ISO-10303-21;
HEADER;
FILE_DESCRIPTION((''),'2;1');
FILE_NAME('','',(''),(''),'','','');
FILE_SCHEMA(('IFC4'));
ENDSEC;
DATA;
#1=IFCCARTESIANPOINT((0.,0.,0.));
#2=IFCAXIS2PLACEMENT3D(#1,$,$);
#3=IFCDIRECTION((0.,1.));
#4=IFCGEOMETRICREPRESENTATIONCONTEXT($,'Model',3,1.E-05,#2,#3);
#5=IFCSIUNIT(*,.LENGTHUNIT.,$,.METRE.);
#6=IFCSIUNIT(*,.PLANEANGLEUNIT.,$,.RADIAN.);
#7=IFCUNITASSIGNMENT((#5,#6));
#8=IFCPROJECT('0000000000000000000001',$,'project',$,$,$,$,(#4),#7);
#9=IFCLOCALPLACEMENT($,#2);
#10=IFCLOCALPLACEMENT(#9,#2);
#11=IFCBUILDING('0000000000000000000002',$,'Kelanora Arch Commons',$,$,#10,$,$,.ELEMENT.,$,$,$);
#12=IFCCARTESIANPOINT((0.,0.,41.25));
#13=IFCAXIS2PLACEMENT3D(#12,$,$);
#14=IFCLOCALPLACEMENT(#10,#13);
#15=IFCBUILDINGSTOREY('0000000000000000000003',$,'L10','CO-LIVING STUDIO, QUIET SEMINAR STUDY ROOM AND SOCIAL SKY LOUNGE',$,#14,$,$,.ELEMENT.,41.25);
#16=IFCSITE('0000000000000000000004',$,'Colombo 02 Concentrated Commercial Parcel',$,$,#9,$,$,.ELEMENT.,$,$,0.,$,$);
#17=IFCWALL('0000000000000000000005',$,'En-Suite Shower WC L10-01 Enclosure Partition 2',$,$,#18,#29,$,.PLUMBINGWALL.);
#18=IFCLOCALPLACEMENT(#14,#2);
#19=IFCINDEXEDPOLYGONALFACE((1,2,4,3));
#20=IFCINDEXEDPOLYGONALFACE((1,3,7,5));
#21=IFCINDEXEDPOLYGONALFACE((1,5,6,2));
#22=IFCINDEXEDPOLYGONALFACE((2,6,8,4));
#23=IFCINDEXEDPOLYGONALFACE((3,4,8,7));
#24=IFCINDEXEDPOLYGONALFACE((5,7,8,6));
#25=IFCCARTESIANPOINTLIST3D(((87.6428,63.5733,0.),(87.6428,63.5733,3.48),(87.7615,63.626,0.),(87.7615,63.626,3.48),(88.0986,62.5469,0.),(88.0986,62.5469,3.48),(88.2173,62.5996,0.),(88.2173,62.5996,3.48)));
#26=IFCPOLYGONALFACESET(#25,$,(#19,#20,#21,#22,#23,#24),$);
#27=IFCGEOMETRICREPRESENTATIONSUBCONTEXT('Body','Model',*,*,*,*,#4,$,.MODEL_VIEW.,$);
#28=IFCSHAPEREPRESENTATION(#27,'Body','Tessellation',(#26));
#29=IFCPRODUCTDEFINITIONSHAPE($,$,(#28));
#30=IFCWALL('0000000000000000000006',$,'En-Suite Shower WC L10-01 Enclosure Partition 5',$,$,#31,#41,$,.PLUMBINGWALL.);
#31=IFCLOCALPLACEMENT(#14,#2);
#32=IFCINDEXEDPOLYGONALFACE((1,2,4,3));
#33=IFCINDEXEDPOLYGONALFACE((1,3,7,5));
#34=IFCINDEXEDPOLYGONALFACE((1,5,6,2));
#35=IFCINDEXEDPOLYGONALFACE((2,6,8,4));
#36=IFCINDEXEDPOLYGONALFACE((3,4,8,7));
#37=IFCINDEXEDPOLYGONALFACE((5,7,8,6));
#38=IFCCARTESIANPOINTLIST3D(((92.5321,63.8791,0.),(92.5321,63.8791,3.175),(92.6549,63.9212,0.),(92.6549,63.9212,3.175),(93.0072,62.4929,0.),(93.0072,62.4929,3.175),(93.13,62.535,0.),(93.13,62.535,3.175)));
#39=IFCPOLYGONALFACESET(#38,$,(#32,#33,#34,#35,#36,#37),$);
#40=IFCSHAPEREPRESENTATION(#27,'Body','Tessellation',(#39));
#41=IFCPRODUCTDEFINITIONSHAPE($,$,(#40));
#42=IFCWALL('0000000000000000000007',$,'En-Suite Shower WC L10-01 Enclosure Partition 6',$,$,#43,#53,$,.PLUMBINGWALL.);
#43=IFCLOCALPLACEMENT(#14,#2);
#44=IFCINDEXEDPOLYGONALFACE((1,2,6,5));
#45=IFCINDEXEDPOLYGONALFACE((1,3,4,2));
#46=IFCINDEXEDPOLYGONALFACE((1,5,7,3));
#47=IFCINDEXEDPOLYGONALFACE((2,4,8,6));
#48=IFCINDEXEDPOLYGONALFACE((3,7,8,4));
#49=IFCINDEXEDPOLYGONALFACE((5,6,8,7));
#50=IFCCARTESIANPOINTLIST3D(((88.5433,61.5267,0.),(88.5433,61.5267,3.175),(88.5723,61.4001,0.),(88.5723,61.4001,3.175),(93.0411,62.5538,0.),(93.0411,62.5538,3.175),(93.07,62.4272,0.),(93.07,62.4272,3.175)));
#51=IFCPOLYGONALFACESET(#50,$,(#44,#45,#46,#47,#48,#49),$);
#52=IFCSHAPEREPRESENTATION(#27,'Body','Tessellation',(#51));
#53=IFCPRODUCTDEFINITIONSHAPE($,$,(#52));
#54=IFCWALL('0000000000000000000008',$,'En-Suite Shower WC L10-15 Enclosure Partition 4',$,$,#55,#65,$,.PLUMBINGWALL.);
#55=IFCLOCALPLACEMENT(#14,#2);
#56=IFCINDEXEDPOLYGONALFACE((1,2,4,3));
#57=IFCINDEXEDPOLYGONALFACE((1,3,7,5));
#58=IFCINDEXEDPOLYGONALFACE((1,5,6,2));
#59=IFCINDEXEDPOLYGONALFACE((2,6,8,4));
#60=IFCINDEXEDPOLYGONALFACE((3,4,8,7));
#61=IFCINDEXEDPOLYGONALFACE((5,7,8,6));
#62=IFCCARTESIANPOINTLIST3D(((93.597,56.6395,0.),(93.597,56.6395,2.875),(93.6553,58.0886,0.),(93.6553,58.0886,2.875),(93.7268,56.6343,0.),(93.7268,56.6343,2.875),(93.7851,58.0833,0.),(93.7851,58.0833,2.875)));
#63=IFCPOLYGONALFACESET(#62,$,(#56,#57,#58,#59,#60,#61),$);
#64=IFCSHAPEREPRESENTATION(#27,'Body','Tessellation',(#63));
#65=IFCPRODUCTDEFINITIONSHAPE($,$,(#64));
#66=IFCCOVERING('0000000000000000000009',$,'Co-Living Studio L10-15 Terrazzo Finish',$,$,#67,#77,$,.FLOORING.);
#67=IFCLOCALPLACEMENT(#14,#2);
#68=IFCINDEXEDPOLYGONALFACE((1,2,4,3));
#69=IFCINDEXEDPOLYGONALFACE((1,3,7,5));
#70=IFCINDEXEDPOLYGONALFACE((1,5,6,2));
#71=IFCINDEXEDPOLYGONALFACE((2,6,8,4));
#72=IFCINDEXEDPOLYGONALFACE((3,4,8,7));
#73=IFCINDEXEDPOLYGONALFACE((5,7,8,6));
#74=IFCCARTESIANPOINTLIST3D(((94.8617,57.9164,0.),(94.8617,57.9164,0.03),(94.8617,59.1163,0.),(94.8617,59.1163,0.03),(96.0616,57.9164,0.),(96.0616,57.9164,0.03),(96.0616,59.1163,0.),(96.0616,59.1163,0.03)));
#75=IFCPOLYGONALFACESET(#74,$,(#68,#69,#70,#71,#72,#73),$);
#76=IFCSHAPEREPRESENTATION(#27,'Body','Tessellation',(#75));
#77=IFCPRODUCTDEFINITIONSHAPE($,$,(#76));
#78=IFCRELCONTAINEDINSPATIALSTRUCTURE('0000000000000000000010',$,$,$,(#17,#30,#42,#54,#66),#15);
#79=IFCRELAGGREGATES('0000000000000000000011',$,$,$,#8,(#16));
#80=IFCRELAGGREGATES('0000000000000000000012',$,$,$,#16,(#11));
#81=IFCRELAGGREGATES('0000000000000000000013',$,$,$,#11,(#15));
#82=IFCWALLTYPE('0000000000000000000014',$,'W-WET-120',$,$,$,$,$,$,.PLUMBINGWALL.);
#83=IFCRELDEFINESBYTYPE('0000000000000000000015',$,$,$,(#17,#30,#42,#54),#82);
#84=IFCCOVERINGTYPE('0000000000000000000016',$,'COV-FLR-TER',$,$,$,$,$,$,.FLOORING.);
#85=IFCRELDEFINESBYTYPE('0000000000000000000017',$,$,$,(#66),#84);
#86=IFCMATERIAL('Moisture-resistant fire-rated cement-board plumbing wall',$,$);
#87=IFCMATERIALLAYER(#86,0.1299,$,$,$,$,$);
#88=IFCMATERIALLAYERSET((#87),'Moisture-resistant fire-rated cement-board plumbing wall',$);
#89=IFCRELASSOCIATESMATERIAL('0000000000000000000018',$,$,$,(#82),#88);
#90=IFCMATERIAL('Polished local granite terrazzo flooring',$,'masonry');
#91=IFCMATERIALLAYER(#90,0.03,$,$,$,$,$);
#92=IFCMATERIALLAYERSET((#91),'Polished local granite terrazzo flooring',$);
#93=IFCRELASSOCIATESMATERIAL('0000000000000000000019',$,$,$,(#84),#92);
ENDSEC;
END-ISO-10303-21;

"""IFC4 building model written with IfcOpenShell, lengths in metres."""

from ifc_helpers import new_model, si_unit, direction, frame, frame_2d, origin, origin_2d, place, context, subcontext, project, spatial, rectangle, extrude, source, transform, mapped, material, layer, layer_set, type_object, element, save


model = new_model("IFC4")

# Units and contexts
model_context = context("Model", 3, precision=1e-05, world=origin(), true_north=direction((0.0, 1.0)))
body_context = subcontext(model_context, "Body", "Model", "MODEL_VIEW")
ifc_project = project(units=[si_unit("LENGTHUNIT", "METRE"), si_unit("PLANEANGLEUNIT", "RADIAN")], contexts=[model_context])

# Site, building, storey
site_placement = place(None, origin())
site = spatial("IfcSite", under=ifc_project, at=site_placement, Name="Colombo 02 Concentrated Commercial Parcel", CompositionType="ELEMENT", RefElevation=0.0)
building_placement = place(site_placement, origin())
building = spatial("IfcBuilding", under=site, at=building_placement, Name="Kelanora Arch Commons", CompositionType="ELEMENT")
storey_placement = place(building_placement, frame((0.0, 0.0, 41.25)))
storey = spatial("IfcBuildingStorey", under=building, at=storey_placement, Name="L10", Description="CO-LIVING STUDIO, QUIET SEMINAR STUDY ROOM AND SOCIAL SKY LOUNGE", CompositionType="ELEMENT", Elevation=41.25)

# Shared definitions
ifc_material_1 = material(Name="Moisture-resistant fire-rated cement-board plumbing wall")
ifc_layer_1 = layer(ifc_material_1, 0.1299)
ifc_layer_set_1 = layer_set([ifc_layer_1], Name="Moisture-resistant fire-rated cement-board plumbing wall")
wall_type_1 = type_object("IfcWallType", Name="W-WET-120", PredefinedType="PLUMBINGWALL", material=ifc_layer_set_1)

# Walls
wall_1_placement = place(storey_placement, frame((88.158, 62.5732, 0.0), z_axis=(0.0, 0.0, 1.0), x_axis=(-0.405876, 0.913928, 0.0)))
element("IfcWall", 1, at=wall_1_placement, inside=storey, type_object=wall_type_1, Name="En-Suite Shower WC L10-01 Enclosure Partition 2", PredefinedType="PLUMBINGWALL", context=body_context, shape_type="SweptSolid", body=[
    extrude(rectangle(XDim=1.123, YDim=0.1299, at=frame_2d((0.5615, 0.0))), origin(), (0.0, 0.0, 1.0), 3.48),
])
wall_2_placement = place(storey_placement, frame((92.5935, 63.9001, 0.0), z_axis=(0.0, 0.0, 1.0), x_axis=(0.324214, -0.945984, 0.0)))
element("IfcWall", 2, at=wall_2_placement, inside=storey, type_object=wall_type_1, Name="En-Suite Shower WC L10-01 Enclosure Partition 5", PredefinedType="PLUMBINGWALL", context=body_context, shape_type="SweptSolid", body=[
    extrude(rectangle(XDim=1.4653, YDim=0.1299, at=frame_2d((0.7327, 0.0))), origin(), (0.0, 0.0, 1.0), 3.175),
])
wall_3_placement = place(storey_placement, frame((93.0554, 62.4905, 0.0), z_axis=(0.0, 0.0, 1.0), x_axis=(-0.974904, -0.222625, 0.0)))
element("IfcWall", 3, at=wall_3_placement, inside=storey, type_object=wall_type_1, Name="En-Suite Shower WC L10-01 Enclosure Partition 6", PredefinedType="PLUMBINGWALL", context=body_context, shape_type="SweptSolid", body=[
    extrude(rectangle(XDim=4.6135, YDim=0.1299, at=frame_2d((2.3066, 0.0))), origin(), (0.0, 0.0, 1.0), 3.175),
])
wall_4_placement = place(storey_placement, frame((93.7202, 58.0859, 0.0), z_axis=(0.0, 0.0, 1.0), x_axis=(-0.040237, -0.99919, 0.0)))
element("IfcWall", 4, at=wall_4_placement, inside=storey, type_object=wall_type_1, Name="En-Suite Shower WC L10-15 Enclosure Partition 4", PredefinedType="PLUMBINGWALL", context=body_context, shape_type="SweptSolid", body=[
    extrude(rectangle(XDim=1.4502, YDim=0.1299, at=frame_2d((0.7251, 0.0))), origin(), (0.0, 0.0, 1.0), 2.875),
])

# Covering
ifc_material_2 = material(Name="Polished local granite terrazzo flooring", Category="masonry")
ifc_layer_2 = layer(ifc_material_2, 0.03)
ifc_layer_set_2 = layer_set([ifc_layer_2], Name="Polished local granite terrazzo flooring")
covering_type = type_object("IfcCoveringType", Name="COV-FLR-TER", PredefinedType="FLOORING", material=ifc_layer_set_2)
shared_shape_1 = source(origin(), body_context, "Body", "SweptSolid", [
    extrude(rectangle(XDim=1.2, YDim=1.2, at=origin_2d()), origin(), (0.0, 0.0, 1.0), 0.03),
])
covering_placement = place(storey_placement, frame((95.4617, 58.5164, 0.0), z_axis=(0.0, 0.0, 1.0), x_axis=(1.0, 0.0, 0.0)))
element("IfcCovering", 5, at=covering_placement, inside=storey, type_object=covering_type, Name="Co-Living Studio L10-15 Terrazzo Finish", PredefinedType="FLOORING", context=body_context, shape_type="MappedRepresentation", body=[
    mapped(shared_shape_1, transform((0.0, 0.0, 0.0), scale=1.0)),
])

save(model, "model.ifc")
